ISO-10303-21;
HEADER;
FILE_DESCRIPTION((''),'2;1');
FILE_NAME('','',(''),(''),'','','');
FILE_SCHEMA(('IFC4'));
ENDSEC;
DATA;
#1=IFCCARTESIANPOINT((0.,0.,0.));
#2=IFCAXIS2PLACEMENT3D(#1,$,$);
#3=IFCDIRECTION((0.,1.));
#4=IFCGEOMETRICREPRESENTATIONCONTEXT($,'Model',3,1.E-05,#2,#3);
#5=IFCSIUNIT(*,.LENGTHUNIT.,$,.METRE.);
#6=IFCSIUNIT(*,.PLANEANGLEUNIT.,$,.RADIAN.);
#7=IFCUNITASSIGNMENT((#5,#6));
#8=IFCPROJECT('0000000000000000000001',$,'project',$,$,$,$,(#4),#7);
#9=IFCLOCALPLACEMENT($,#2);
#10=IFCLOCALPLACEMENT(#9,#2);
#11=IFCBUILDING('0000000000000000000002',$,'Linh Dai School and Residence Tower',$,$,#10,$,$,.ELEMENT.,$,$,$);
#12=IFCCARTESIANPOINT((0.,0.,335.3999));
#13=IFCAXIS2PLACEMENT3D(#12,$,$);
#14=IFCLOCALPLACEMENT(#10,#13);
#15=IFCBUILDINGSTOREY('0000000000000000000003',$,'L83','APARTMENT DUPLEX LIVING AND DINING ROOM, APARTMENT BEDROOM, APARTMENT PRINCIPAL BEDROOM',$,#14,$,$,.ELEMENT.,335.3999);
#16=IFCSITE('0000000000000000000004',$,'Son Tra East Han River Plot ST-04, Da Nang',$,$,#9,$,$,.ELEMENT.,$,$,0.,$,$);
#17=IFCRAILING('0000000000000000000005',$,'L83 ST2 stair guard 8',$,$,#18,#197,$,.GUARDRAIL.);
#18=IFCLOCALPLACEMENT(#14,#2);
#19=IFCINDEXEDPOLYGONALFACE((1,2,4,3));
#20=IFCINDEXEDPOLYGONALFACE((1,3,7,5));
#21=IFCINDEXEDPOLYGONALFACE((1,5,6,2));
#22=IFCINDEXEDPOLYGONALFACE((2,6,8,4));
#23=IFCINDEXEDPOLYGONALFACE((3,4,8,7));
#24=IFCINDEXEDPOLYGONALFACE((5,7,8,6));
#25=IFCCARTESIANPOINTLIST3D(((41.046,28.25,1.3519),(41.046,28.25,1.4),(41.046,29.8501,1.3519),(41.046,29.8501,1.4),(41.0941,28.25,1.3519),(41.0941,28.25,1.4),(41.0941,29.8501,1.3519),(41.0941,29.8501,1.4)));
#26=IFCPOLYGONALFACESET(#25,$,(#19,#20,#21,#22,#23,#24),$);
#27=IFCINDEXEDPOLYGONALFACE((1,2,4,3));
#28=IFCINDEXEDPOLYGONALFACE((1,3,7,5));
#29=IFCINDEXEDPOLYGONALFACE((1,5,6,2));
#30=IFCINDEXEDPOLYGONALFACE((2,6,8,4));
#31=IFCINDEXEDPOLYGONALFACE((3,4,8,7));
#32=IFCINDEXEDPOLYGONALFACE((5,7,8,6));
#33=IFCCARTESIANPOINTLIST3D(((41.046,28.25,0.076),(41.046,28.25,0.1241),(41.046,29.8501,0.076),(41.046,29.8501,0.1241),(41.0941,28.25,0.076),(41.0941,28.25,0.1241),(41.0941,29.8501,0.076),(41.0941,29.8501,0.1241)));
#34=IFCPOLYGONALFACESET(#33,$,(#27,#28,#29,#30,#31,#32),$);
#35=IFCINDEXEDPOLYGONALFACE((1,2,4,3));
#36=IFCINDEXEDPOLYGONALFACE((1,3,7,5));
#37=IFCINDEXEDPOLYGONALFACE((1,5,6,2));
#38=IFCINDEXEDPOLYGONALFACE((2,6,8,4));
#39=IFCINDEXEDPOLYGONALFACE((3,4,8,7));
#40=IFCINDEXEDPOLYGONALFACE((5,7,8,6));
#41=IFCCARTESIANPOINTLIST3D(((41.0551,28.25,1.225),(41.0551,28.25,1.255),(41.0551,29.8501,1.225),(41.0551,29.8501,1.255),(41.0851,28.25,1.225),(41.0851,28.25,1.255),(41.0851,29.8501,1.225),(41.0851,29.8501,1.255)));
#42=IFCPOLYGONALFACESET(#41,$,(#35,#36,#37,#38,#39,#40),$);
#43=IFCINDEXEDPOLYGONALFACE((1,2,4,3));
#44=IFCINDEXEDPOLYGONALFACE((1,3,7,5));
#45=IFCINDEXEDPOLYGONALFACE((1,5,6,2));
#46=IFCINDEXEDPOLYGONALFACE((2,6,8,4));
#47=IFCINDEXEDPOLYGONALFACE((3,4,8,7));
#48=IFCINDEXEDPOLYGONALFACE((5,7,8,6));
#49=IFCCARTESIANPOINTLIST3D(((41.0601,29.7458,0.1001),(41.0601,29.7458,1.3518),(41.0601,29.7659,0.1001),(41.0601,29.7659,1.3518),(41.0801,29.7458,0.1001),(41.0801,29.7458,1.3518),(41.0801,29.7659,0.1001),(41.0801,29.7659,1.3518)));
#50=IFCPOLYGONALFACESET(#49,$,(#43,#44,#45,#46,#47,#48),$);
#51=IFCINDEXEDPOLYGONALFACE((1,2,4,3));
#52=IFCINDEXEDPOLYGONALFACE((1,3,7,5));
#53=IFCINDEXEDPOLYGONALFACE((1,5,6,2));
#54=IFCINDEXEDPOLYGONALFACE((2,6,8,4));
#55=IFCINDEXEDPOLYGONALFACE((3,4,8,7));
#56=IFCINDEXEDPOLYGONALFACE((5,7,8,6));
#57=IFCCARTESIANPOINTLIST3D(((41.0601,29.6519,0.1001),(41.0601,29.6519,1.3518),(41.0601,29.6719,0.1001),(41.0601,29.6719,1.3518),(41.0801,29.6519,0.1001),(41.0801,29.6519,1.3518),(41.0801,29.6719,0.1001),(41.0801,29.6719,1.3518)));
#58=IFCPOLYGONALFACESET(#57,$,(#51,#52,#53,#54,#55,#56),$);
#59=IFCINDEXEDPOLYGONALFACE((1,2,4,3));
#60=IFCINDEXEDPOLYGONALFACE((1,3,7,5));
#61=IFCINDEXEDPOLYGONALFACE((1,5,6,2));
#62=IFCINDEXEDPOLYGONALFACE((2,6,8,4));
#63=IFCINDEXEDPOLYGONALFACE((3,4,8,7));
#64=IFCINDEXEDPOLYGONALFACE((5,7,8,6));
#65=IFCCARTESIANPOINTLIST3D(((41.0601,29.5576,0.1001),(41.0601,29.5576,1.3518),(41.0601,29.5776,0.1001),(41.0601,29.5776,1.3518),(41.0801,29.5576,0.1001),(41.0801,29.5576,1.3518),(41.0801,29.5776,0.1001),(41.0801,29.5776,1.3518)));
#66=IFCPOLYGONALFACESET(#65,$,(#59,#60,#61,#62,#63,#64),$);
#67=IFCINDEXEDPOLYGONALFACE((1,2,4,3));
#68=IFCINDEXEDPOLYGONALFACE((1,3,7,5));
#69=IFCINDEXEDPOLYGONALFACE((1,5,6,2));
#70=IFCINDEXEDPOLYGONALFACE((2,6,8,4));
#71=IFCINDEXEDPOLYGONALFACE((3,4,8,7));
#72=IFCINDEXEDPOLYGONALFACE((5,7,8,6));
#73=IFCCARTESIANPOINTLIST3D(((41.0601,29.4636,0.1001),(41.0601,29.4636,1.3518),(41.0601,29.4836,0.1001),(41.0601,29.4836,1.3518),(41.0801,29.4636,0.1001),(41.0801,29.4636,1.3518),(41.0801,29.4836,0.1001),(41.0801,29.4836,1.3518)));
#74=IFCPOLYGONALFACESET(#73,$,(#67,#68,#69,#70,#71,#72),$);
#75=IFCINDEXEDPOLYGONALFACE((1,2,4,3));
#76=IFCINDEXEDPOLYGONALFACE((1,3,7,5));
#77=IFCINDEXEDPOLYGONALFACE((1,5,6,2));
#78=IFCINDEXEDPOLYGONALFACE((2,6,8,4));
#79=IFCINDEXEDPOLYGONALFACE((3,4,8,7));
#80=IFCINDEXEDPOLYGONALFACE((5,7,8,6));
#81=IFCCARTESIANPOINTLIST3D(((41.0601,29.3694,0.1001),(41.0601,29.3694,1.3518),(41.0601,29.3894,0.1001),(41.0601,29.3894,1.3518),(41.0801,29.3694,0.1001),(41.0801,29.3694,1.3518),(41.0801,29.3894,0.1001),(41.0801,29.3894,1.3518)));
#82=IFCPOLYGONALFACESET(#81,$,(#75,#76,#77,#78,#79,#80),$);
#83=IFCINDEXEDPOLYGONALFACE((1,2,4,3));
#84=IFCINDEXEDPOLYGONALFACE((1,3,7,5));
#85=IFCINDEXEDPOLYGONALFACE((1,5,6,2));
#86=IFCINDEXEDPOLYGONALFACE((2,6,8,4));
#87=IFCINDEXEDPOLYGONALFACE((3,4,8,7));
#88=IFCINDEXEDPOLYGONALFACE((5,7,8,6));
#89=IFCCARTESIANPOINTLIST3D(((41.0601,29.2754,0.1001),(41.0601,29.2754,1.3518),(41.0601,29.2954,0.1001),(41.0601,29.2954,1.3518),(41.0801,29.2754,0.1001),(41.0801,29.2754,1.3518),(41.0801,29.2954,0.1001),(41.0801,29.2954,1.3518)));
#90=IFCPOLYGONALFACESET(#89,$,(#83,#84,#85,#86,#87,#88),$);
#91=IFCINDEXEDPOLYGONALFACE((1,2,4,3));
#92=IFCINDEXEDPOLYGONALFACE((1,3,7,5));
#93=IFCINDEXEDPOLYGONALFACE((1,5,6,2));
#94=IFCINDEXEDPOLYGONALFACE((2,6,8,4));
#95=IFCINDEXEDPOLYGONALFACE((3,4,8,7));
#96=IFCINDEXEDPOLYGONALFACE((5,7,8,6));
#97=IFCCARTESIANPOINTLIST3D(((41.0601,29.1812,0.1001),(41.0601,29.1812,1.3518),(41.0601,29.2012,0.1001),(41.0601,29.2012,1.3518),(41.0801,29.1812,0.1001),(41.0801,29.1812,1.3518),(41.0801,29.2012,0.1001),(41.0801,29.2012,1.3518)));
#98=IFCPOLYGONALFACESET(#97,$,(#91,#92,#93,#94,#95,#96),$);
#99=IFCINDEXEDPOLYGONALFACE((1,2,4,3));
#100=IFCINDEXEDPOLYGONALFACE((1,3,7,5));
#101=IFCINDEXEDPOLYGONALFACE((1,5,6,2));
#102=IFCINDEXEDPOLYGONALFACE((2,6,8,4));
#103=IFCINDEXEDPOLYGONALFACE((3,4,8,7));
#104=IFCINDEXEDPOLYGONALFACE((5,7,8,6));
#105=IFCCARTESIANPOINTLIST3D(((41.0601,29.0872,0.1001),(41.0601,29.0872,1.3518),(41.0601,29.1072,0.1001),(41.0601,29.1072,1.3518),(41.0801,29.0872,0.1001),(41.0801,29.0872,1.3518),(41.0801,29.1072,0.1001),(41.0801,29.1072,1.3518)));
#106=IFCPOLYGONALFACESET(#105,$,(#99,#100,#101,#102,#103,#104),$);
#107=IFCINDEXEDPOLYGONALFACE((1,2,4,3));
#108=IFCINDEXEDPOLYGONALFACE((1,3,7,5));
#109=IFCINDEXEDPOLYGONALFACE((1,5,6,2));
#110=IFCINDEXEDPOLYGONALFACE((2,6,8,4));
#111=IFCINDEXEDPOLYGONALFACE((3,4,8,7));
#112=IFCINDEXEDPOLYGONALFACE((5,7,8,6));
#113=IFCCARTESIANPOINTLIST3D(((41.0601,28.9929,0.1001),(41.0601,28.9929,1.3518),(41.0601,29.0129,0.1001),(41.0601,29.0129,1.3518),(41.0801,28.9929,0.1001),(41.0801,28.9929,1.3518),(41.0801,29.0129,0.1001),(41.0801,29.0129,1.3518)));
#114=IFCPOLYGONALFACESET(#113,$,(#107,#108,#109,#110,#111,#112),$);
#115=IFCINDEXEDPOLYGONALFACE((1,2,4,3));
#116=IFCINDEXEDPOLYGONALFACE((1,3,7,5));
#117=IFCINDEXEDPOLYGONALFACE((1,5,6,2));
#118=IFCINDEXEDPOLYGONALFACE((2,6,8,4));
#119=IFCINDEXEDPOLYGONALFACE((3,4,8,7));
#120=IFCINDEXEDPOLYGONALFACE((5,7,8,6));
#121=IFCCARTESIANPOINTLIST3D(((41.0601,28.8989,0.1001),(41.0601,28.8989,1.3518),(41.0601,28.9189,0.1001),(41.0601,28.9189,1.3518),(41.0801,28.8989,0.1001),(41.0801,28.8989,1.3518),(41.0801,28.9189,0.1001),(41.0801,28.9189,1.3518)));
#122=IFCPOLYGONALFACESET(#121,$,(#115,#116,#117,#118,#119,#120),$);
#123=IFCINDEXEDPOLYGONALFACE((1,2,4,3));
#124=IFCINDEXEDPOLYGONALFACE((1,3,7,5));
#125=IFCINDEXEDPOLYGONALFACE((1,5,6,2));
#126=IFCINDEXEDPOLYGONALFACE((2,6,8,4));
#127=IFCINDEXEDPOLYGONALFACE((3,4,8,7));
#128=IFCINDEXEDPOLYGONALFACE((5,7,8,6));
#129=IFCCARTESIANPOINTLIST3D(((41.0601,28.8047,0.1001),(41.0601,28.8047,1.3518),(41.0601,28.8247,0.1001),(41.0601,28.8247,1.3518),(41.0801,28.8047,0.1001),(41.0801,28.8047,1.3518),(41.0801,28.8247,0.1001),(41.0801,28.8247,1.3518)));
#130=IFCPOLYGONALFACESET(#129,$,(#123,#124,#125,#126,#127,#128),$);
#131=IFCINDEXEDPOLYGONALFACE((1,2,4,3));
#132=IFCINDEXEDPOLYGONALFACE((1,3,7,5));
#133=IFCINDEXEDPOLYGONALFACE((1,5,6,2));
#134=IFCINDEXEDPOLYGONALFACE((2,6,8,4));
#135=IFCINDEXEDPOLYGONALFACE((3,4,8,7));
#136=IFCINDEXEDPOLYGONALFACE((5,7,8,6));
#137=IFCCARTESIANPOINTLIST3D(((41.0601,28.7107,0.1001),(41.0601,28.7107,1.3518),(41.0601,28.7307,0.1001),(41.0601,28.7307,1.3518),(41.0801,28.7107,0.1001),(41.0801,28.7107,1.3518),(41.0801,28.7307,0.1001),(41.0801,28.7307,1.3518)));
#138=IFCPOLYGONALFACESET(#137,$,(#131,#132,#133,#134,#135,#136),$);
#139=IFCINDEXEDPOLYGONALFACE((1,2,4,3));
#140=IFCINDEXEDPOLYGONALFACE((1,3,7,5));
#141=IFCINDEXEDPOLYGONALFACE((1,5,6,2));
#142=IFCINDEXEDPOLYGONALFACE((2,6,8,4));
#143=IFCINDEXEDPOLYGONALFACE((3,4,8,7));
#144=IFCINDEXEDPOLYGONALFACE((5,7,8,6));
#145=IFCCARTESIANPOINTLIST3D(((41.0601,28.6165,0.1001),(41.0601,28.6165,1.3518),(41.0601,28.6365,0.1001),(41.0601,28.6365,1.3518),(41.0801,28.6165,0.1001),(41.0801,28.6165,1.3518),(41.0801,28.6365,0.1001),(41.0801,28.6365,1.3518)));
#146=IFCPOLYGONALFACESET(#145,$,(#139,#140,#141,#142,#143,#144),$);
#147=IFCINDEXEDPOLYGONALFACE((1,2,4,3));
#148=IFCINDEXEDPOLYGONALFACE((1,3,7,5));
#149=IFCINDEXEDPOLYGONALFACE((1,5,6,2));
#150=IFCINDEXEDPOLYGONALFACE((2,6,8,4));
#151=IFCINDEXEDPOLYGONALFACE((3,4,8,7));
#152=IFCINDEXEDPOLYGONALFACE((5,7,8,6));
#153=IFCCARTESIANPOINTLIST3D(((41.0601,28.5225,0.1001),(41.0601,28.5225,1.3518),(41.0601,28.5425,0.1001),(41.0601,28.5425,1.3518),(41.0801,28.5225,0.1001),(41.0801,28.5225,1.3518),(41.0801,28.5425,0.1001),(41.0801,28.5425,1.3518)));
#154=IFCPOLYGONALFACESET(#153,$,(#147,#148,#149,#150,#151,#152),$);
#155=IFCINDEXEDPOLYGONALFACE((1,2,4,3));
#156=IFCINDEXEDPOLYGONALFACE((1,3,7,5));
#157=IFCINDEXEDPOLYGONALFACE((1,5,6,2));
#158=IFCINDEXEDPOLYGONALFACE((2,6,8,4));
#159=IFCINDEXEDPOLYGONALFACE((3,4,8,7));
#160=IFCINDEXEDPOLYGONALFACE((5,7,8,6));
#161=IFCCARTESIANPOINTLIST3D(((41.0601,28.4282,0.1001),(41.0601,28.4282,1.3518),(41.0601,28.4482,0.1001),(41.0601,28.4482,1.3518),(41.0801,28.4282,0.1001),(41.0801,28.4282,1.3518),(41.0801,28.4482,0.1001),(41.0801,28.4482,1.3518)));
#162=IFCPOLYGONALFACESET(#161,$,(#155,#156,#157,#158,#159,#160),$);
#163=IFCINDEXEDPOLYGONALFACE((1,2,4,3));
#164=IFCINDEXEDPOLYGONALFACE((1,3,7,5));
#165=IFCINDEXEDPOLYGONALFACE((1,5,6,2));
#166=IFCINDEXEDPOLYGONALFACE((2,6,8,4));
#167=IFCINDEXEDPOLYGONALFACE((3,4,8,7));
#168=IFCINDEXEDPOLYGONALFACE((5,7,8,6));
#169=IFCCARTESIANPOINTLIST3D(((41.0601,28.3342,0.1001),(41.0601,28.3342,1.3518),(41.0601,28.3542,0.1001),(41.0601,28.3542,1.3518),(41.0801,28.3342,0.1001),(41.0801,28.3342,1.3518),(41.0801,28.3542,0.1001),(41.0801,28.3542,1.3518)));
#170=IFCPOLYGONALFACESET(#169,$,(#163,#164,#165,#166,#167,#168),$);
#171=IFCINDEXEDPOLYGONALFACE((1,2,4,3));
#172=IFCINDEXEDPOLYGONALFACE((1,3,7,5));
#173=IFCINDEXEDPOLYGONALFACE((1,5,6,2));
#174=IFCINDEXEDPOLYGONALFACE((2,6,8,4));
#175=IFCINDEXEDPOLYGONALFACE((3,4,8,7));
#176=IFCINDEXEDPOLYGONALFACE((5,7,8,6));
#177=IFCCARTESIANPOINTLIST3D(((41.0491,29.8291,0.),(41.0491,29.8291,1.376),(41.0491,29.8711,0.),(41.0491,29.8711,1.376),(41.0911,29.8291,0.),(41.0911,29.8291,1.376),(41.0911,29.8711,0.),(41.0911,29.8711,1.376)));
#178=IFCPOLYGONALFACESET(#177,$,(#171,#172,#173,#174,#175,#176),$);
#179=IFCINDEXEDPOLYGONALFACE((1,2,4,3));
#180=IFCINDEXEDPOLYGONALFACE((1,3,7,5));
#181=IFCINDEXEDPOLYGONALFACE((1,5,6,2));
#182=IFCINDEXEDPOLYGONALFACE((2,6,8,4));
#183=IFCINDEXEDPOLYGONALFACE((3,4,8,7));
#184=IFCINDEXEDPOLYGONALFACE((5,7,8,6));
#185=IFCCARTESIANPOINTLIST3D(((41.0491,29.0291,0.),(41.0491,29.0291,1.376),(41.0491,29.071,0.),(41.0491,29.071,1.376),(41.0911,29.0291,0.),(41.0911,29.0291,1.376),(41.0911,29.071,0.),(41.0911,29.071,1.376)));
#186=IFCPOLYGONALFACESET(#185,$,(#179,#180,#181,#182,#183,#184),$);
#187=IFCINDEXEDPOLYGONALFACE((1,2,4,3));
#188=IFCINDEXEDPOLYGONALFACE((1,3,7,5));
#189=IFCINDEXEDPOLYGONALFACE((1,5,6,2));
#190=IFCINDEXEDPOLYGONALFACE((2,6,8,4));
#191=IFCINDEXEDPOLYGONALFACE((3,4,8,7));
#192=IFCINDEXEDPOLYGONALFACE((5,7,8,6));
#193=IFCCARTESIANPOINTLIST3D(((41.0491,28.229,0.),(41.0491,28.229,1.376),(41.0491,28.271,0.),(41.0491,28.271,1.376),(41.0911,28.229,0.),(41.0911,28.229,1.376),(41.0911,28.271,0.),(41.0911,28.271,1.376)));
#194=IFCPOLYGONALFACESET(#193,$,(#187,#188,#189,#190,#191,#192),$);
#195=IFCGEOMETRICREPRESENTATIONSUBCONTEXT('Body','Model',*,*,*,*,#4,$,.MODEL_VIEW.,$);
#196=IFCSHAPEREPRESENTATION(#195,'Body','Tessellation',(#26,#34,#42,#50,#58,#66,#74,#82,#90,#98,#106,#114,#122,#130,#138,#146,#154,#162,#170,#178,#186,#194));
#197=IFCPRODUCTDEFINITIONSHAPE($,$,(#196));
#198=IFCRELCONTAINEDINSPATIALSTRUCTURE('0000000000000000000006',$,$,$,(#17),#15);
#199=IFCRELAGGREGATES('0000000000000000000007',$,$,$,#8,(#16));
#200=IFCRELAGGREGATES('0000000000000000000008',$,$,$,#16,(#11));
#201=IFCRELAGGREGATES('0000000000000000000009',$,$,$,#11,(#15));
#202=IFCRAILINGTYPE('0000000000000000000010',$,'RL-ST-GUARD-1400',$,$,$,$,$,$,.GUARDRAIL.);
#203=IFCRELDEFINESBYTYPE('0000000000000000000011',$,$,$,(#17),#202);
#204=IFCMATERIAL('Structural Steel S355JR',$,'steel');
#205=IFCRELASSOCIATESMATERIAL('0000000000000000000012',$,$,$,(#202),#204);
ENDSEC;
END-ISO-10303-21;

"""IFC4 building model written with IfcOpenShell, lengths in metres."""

from ifc_helpers import new_model, si_unit, direction, frame, origin, origin_2d, place, context, subcontext, project, spatial, rectangle, extrude, source, transform, mapped, material, type_object, element, save


model = new_model("IFC4")

# Units and contexts
model_context = context("Model", 3, precision=1e-05, world=origin(), true_north=direction((0.0, 1.0)))
body_context = subcontext(model_context, "Body", "Model", "MODEL_VIEW")
ifc_project = project(units=[si_unit("LENGTHUNIT", "METRE"), si_unit("PLANEANGLEUNIT", "RADIAN")], contexts=[model_context])

# Site, building, storey
site_placement = place(None, origin())
site = spatial("IfcSite", under=ifc_project, at=site_placement, Name="Son Tra East Han River Plot ST-04, Da Nang", CompositionType="ELEMENT", RefElevation=0.0)
building_placement = place(site_placement, origin())
building = spatial("IfcBuilding", under=site, at=building_placement, Name="Linh Dai School and Residence Tower", CompositionType="ELEMENT")
storey_placement = place(building_placement, frame((0.0, 0.0, 335.3999)))
storey = spatial("IfcBuildingStorey", under=building, at=storey_placement, Name="L83", Description="APARTMENT DUPLEX LIVING AND DINING ROOM, APARTMENT BEDROOM, APARTMENT PRINCIPAL BEDROOM", CompositionType="ELEMENT", Elevation=335.3999)

# Shared definitions
ifc_material_1 = material(Name="Structural Steel S355JR", Category="steel")

# Railing
railing_type_1 = type_object("IfcRailingType", Name="RL-ST-GUARD-1400", PredefinedType="GUARDRAIL", material=ifc_material_1)
shared_shape_1 = source(origin(), body_context, "Body", "SweptSolid", [
    extrude(rectangle(XDim=0.0481, YDim=0.0481, at=origin_2d()), frame((0.0, 0.0, 1.376), z_axis=(0.0, -1.0, 0.0), x_axis=(1.0, 0.0, 0.0)), (0.0, 0.0, 1.0), 1.6001),
    extrude(rectangle(XDim=0.0481, YDim=0.0481, at=origin_2d()), frame((0.0, 0.0, 0.1001), z_axis=(0.0, -1.0, 0.0), x_axis=(1.0, 0.0, 0.0)), (0.0, 0.0, 1.0), 1.6001),
    extrude(rectangle(XDim=0.03, YDim=0.03, at=origin_2d()), frame((0.0, 0.0, 1.24), z_axis=(0.0, -1.0, 0.0), x_axis=(1.0, 0.0, 0.0)), (0.0, 0.0, 1.0), 1.6001),
    extrude(rectangle(XDim=0.02, YDim=0.02, at=origin_2d()), frame((0.0, -0.0942, 0.1001)), (0.0, 0.0, 1.0), 1.2517),
    extrude(rectangle(XDim=0.02, YDim=0.02, at=origin_2d()), frame((0.0, -0.1882, 0.1001)), (0.0, 0.0, 1.0), 1.2517),
    extrude(rectangle(XDim=0.02, YDim=0.02, at=origin_2d()), frame((0.0, -0.2825, 0.1001)), (0.0, 0.0, 1.0), 1.2517),
    extrude(rectangle(XDim=0.02, YDim=0.02, at=origin_2d()), frame((0.0, -0.3765, 0.1001)), (0.0, 0.0, 1.0), 1.2517),
    extrude(rectangle(XDim=0.02, YDim=0.02, at=origin_2d()), frame((0.0, -0.4707, 0.1001)), (0.0, 0.0, 1.0), 1.2517),
    extrude(rectangle(XDim=0.02, YDim=0.02, at=origin_2d()), frame((0.0, -0.5647, 0.1001)), (0.0, 0.0, 1.0), 1.2517),
    extrude(rectangle(XDim=0.02, YDim=0.02, at=origin_2d()), frame((0.0, -0.6589, 0.1001)), (0.0, 0.0, 1.0), 1.2517),
    extrude(rectangle(XDim=0.02, YDim=0.02, at=origin_2d()), frame((0.0, -0.7529, 0.1001)), (0.0, 0.0, 1.0), 1.2517),
    extrude(rectangle(XDim=0.02, YDim=0.02, at=origin_2d()), frame((0.0, -0.8472, 0.1001)), (0.0, 0.0, 1.0), 1.2517),
    extrude(rectangle(XDim=0.02, YDim=0.02, at=origin_2d()), frame((0.0, -0.9412, 0.1001)), (0.0, 0.0, 1.0), 1.2517),
    extrude(rectangle(XDim=0.02, YDim=0.02, at=origin_2d()), frame((0.0, -1.0354, 0.1001)), (0.0, 0.0, 1.0), 1.2517),
    extrude(rectangle(XDim=0.02, YDim=0.02, at=origin_2d()), frame((0.0, -1.1294, 0.1001)), (0.0, 0.0, 1.0), 1.2517),
    extrude(rectangle(XDim=0.02, YDim=0.02, at=origin_2d()), frame((0.0, -1.2236, 0.1001)), (0.0, 0.0, 1.0), 1.2517),
    extrude(rectangle(XDim=0.02, YDim=0.02, at=origin_2d()), frame((0.0, -1.3176, 0.1001)), (0.0, 0.0, 1.0), 1.2517),
    extrude(rectangle(XDim=0.02, YDim=0.02, at=origin_2d()), frame((0.0, -1.4119, 0.1001)), (0.0, 0.0, 1.0), 1.2517),
    extrude(rectangle(XDim=0.02, YDim=0.02, at=origin_2d()), frame((0.0, -1.5059, 0.1001)), (0.0, 0.0, 1.0), 1.2517),
    extrude(rectangle(XDim=0.042, YDim=0.042, at=origin_2d()), origin(), (0.0, 0.0, 1.0), 1.376),
    extrude(rectangle(XDim=0.042, YDim=0.042, at=origin_2d()), frame((0.0, -0.8, 0.0)), (0.0, 0.0, 1.0), 1.376),
    extrude(rectangle(XDim=0.042, YDim=0.042, at=origin_2d()), frame((0.0, -1.6001, 0.0)), (0.0, 0.0, 1.0), 1.376),
])
for number, where, name in (
    (1, (41.0701, 29.8501, 0.0), "L83 ST2 stair guard 8"),
):
    element("IfcRailing", number, at=place(storey_placement, frame(where)), inside=storey, type_object=railing_type_1, Name=name, PredefinedType="GUARDRAIL", context=body_context, shape_type="MappedRepresentation", body=[
        mapped(shared_shape_1, transform((0.0, 0.0, 0.0), x_axis=(1.0, 0.0, 0.0), y_axis=(0.0, 1.0, 0.0), z_axis=(0.0, 0.0, 1.0), scale=1.0)),
    ])

save(model, "model.ifc")
